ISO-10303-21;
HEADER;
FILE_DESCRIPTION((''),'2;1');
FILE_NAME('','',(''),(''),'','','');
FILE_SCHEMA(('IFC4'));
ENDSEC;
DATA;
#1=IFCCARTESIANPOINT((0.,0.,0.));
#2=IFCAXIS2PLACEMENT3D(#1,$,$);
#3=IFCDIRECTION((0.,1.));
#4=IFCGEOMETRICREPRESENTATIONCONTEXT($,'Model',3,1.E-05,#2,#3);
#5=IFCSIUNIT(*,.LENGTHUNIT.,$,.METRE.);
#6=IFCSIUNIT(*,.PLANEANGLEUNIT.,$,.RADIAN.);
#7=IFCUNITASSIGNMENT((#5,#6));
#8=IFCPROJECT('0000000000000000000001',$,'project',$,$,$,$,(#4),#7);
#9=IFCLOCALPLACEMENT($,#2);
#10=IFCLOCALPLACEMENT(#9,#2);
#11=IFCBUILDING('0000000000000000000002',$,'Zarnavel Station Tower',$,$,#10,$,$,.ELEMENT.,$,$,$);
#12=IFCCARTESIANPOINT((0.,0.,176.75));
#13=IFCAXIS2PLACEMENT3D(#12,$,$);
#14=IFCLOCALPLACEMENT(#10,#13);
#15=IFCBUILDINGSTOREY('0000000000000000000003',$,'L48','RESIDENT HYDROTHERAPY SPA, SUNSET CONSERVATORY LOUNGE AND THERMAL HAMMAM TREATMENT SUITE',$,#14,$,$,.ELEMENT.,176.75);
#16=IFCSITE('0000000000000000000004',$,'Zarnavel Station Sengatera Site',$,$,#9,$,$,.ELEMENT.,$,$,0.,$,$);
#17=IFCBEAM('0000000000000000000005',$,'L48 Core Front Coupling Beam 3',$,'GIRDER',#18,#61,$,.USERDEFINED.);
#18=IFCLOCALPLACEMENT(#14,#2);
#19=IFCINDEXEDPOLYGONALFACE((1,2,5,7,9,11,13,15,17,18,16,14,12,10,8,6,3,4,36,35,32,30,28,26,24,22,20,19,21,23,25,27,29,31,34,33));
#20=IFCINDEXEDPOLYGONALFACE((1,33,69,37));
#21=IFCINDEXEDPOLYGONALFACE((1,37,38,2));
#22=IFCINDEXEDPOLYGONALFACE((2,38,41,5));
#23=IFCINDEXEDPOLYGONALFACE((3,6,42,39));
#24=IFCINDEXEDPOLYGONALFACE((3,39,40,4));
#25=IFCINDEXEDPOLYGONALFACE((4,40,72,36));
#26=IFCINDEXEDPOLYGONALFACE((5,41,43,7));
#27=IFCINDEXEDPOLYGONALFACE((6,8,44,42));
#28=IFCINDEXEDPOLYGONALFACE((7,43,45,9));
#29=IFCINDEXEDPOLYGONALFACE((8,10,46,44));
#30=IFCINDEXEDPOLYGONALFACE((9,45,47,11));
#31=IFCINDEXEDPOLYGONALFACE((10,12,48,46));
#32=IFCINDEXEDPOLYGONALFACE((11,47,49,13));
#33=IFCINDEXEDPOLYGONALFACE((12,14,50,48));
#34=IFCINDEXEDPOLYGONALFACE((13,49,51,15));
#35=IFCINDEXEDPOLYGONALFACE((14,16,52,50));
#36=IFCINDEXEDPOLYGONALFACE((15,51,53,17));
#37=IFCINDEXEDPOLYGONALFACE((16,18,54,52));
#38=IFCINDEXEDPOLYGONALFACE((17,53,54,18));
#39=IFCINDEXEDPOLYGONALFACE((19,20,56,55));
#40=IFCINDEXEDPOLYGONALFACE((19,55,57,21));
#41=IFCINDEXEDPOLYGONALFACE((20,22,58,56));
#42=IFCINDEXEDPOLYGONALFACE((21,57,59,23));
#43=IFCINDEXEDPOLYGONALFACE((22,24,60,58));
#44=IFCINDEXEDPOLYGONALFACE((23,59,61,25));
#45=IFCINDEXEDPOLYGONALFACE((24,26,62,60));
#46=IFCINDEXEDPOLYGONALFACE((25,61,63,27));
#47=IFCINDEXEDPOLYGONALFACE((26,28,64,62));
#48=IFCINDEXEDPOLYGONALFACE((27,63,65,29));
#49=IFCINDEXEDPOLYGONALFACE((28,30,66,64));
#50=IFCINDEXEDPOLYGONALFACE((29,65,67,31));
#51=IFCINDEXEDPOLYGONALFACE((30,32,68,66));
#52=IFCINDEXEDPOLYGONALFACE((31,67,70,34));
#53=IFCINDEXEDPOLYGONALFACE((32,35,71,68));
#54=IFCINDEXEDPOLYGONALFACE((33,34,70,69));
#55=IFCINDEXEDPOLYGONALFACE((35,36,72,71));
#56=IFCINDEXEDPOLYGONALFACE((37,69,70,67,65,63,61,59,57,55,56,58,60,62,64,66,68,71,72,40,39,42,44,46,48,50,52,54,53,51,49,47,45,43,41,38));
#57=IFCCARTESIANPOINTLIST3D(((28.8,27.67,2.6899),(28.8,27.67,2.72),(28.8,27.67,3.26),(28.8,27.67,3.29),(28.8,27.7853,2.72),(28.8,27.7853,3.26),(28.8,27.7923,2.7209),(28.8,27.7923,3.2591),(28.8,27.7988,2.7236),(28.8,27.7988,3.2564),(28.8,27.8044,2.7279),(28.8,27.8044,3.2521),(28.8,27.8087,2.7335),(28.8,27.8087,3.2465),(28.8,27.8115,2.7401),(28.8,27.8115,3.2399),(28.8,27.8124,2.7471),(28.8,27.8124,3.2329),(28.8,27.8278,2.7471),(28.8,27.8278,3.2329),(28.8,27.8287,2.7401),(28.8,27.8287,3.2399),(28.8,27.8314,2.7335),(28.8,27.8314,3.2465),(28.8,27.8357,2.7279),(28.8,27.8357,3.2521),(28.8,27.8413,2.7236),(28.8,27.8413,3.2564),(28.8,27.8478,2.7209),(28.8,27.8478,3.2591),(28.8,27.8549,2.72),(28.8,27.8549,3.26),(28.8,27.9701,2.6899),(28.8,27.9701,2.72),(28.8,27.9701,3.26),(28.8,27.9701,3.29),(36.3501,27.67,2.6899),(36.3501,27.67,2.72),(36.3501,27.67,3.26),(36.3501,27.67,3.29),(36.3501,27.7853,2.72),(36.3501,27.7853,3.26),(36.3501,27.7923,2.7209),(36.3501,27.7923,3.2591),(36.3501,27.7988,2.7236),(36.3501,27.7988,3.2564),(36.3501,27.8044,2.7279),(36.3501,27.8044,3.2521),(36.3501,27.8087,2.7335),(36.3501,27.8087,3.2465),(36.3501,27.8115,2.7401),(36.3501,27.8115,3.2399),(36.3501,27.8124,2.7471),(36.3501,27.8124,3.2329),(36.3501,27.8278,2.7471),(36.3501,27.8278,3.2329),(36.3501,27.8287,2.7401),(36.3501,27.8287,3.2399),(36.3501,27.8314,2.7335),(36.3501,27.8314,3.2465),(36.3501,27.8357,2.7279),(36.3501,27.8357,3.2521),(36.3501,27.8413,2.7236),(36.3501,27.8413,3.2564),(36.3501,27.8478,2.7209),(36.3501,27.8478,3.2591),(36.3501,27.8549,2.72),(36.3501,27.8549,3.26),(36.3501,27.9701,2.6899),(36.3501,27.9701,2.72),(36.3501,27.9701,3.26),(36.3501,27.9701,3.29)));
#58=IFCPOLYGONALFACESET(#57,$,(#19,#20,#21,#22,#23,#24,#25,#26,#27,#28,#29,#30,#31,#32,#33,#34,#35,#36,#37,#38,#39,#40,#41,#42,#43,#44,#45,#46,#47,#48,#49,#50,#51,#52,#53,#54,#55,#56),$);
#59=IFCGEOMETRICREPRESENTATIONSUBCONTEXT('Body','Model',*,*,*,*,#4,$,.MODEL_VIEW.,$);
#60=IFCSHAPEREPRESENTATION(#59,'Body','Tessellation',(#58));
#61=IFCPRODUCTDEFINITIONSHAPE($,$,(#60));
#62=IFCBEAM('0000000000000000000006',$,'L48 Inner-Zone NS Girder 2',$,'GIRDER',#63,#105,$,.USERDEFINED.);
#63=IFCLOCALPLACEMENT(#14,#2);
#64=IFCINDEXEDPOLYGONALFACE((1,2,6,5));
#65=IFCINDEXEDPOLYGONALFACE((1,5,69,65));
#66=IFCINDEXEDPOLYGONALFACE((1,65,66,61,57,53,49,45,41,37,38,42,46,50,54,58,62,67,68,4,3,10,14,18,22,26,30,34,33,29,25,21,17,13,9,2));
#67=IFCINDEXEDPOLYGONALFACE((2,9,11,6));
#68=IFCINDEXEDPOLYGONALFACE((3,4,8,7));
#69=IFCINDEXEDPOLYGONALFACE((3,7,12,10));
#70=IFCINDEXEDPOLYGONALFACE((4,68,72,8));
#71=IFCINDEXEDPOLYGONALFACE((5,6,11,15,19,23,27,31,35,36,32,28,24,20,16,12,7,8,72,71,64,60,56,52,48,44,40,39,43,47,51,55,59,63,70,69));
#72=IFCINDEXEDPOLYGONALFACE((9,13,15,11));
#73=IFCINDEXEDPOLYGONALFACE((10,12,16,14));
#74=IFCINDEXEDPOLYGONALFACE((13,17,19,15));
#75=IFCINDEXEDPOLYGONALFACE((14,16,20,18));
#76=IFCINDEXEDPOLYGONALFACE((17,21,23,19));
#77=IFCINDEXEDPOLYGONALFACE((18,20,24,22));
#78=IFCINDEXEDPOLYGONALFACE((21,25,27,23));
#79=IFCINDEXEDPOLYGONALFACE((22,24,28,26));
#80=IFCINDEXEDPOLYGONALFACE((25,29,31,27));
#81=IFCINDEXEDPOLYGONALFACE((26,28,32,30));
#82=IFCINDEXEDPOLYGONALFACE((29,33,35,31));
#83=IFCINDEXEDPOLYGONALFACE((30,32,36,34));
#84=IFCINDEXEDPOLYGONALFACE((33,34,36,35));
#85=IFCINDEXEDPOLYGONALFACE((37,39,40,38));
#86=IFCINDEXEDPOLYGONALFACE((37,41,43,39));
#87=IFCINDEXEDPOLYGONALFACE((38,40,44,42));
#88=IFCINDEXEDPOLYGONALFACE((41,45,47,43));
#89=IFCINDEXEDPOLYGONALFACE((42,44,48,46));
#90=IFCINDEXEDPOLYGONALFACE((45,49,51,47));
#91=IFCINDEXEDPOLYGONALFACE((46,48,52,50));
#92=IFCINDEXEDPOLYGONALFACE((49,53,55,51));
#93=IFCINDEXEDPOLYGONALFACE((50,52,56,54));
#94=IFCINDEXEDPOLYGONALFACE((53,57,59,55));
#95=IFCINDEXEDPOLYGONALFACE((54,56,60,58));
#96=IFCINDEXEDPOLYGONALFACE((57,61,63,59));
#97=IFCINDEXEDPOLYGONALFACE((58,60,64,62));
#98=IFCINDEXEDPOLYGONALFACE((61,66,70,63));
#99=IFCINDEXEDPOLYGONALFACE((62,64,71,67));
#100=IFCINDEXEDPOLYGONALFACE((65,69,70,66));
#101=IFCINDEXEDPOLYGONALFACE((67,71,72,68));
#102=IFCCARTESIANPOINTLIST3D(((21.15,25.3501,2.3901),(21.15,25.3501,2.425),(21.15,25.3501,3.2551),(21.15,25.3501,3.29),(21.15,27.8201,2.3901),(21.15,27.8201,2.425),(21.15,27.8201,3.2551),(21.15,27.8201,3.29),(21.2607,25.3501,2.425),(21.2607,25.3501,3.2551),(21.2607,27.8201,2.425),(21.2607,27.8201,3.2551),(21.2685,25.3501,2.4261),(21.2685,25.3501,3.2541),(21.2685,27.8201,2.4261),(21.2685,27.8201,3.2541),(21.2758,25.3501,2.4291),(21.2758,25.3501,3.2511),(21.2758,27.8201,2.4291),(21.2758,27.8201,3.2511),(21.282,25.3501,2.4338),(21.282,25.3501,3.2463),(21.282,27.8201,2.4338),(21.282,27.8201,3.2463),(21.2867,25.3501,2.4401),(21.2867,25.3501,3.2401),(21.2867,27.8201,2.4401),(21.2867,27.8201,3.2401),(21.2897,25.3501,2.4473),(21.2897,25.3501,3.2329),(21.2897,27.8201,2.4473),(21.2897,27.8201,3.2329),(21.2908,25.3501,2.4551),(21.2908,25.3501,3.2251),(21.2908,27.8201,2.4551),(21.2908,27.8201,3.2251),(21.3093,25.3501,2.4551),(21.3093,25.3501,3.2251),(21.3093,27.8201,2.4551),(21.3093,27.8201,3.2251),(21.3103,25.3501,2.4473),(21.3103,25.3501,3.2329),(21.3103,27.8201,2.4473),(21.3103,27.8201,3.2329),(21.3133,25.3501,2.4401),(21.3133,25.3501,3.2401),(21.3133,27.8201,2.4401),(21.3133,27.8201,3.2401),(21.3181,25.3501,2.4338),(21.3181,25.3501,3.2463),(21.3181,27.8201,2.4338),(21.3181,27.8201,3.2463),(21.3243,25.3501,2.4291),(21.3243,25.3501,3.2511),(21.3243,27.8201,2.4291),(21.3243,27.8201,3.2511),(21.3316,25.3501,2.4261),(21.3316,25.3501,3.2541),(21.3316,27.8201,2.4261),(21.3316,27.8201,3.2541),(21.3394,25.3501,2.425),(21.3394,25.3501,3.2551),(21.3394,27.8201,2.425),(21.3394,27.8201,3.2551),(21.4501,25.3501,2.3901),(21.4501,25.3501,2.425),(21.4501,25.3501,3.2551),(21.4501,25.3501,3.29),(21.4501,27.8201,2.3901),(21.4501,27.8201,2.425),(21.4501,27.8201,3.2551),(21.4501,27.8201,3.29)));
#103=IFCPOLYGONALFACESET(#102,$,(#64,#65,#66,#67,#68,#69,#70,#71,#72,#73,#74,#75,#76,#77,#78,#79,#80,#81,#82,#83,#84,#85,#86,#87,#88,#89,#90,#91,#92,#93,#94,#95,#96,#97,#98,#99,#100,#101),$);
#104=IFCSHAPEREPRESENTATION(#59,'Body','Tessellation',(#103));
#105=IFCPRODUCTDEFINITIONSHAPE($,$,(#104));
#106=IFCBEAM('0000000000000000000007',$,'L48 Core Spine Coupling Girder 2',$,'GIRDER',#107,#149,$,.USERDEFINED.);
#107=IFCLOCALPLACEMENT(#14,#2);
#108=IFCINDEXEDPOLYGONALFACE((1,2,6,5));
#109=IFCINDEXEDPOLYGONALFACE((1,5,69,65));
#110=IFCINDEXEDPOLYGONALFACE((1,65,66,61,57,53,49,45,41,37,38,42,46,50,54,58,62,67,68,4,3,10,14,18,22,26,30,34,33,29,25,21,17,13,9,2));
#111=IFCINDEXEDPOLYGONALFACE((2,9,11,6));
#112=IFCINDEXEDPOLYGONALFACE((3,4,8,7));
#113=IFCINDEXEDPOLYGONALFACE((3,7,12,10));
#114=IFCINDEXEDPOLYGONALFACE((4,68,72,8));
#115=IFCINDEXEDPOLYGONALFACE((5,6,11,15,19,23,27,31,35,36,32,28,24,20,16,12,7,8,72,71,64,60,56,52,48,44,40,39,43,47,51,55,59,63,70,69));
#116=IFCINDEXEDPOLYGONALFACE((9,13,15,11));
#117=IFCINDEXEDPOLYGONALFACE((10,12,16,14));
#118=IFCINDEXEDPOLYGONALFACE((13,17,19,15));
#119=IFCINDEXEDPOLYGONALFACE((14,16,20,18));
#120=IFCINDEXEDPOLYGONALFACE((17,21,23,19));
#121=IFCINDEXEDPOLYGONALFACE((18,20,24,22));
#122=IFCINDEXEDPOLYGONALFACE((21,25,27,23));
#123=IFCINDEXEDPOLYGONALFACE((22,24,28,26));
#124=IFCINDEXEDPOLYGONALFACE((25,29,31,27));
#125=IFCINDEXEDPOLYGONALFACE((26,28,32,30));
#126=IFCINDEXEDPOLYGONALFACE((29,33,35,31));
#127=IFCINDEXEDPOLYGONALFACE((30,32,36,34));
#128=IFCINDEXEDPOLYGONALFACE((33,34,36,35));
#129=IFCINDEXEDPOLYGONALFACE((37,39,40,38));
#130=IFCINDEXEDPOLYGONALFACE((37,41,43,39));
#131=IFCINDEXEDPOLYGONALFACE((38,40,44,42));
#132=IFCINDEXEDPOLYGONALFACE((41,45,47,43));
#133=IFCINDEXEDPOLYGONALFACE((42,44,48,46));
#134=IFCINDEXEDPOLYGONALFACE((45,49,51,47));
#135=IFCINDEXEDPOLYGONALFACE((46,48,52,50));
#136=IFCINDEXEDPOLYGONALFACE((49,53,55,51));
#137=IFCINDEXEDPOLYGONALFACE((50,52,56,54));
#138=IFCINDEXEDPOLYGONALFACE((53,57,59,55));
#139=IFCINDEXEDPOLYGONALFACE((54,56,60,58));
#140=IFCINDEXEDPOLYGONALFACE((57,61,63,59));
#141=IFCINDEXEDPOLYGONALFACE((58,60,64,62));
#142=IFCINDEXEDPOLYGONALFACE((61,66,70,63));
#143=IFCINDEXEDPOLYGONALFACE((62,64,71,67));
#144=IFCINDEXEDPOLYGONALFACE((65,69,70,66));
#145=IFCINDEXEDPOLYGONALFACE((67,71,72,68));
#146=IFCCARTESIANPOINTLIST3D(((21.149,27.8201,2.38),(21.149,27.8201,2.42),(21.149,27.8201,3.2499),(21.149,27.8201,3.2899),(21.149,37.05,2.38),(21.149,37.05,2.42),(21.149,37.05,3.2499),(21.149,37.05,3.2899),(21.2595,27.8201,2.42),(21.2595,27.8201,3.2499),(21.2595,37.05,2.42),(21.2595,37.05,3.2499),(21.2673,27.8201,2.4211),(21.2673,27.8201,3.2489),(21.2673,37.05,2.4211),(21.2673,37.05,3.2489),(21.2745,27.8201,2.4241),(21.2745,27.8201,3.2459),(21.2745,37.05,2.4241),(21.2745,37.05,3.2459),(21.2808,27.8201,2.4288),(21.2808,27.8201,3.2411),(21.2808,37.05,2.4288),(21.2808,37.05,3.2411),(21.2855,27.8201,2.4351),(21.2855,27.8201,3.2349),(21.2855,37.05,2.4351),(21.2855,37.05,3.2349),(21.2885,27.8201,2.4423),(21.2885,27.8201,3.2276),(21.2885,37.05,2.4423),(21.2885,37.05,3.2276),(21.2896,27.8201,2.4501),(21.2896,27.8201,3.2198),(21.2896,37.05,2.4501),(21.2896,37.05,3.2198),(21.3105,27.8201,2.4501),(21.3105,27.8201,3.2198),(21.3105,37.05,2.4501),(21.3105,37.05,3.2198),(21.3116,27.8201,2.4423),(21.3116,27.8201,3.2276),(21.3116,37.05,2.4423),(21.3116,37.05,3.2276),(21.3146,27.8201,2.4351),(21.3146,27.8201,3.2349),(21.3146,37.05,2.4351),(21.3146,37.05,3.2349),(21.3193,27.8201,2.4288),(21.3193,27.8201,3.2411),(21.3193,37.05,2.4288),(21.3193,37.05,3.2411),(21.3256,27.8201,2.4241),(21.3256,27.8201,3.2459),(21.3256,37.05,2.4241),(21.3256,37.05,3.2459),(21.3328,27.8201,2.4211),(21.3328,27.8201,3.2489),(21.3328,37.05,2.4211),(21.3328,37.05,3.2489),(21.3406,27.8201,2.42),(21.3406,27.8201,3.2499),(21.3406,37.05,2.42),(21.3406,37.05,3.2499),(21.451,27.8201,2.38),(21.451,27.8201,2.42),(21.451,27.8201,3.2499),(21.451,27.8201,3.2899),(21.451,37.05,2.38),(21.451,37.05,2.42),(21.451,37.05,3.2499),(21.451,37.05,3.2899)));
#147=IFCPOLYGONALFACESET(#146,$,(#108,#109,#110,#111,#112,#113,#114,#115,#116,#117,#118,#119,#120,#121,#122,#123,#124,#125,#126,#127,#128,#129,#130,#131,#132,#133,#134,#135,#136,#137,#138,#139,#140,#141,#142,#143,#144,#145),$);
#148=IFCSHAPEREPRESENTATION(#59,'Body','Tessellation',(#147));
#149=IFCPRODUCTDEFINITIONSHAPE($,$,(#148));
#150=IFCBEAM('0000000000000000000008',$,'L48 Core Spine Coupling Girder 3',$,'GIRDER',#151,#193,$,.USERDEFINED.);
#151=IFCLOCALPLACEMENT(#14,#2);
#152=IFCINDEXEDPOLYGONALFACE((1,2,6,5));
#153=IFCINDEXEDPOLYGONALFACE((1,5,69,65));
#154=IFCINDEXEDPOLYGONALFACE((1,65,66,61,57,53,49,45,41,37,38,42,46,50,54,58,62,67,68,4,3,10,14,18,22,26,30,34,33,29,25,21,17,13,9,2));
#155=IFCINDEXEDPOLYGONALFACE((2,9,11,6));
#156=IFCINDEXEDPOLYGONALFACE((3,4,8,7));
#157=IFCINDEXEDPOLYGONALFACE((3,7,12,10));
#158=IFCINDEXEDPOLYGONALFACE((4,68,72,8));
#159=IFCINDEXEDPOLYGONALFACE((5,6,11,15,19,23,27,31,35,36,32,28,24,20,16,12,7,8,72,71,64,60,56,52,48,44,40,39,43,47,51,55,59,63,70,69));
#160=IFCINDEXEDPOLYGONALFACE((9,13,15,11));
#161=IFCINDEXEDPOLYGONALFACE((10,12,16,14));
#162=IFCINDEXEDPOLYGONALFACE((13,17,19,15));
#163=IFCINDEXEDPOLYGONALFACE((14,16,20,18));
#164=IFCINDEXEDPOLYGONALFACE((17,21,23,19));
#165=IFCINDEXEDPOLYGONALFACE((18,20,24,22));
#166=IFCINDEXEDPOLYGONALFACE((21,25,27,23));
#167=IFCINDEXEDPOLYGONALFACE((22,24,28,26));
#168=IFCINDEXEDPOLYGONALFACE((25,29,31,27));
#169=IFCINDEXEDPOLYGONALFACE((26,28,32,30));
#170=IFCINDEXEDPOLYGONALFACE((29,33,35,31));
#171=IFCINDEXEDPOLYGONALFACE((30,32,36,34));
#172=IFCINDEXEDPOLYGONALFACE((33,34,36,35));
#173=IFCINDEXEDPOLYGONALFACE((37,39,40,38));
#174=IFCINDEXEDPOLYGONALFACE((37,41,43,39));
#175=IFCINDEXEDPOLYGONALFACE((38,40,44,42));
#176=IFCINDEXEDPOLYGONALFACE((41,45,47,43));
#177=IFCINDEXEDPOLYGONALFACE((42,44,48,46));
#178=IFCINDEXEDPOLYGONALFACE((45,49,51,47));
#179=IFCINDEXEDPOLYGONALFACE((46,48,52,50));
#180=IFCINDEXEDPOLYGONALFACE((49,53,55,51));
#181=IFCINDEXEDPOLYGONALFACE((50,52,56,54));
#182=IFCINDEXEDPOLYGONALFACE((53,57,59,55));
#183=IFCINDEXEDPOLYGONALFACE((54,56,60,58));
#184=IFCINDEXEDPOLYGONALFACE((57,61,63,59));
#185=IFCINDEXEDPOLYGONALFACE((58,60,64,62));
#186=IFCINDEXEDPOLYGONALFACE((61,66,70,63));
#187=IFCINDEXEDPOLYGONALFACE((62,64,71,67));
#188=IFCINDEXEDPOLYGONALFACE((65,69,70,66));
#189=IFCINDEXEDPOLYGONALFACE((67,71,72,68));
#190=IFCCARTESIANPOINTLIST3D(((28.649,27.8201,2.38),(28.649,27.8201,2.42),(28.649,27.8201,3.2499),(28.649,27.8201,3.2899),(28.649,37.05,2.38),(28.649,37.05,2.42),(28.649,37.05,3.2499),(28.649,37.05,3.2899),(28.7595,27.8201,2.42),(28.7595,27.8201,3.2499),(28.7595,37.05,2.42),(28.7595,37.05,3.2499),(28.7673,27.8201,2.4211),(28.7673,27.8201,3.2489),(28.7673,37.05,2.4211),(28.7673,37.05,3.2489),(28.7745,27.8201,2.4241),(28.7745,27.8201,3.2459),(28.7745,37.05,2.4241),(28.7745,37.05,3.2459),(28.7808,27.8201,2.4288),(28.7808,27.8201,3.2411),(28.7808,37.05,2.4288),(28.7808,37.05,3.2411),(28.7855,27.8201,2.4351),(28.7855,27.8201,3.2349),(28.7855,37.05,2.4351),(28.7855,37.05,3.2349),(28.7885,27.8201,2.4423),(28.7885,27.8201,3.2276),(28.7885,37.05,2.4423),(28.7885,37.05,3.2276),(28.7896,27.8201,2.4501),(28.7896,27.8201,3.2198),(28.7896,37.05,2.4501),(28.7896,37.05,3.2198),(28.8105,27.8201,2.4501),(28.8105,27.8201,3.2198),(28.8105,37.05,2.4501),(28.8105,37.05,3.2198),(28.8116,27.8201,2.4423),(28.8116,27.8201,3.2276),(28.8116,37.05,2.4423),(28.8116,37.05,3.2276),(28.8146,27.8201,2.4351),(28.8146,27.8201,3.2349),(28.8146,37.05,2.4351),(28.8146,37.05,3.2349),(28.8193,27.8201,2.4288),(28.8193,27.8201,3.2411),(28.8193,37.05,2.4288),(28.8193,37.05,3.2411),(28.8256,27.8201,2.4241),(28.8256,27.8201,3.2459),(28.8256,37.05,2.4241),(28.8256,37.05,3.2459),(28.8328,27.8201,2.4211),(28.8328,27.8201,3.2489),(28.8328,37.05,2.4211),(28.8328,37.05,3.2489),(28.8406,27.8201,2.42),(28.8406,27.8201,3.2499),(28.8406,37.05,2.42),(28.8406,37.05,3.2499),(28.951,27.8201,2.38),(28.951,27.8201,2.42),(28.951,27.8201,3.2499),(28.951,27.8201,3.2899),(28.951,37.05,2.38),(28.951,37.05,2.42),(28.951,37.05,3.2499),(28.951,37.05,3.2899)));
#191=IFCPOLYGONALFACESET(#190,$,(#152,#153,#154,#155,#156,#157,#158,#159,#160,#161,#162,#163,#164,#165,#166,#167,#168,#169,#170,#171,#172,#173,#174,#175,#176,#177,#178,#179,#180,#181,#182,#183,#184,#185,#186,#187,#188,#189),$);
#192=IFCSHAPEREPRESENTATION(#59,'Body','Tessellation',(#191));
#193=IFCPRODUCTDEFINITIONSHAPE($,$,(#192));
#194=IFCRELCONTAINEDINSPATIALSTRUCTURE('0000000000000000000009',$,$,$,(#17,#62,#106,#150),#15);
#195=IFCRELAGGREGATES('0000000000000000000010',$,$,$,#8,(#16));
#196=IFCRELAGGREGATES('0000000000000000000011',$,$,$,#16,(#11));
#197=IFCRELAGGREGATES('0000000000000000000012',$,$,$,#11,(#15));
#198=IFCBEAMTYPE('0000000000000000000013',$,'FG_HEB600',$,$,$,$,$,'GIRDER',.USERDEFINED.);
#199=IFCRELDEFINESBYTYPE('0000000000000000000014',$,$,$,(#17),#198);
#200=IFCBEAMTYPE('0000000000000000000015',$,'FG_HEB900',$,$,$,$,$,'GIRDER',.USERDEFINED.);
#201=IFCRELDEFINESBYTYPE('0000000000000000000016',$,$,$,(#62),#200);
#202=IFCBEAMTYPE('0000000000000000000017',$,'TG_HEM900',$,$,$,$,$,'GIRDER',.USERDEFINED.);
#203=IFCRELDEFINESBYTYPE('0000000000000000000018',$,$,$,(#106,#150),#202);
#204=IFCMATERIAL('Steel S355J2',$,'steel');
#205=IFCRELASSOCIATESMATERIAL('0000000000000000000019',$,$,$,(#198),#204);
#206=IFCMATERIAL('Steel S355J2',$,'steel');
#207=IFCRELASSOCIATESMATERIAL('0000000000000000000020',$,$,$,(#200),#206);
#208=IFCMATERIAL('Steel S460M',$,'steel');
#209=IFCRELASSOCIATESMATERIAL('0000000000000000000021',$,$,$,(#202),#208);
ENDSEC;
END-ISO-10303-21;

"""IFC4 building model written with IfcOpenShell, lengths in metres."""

from ifc_helpers import new_model, si_unit, direction, frame, origin, origin_2d, place, context, subcontext, project, spatial, i_section, extrude, material, material_profile, profile_set, type_object, element, save


model = new_model("IFC4")

# Units and contexts
model_context = context("Model", 3, precision=1e-05, world=origin(), true_north=direction((0.0, 1.0)))
body_context = subcontext(model_context, "Body", "Model", "MODEL_VIEW")
ifc_project = project(units=[si_unit("LENGTHUNIT", "METRE"), si_unit("PLANEANGLEUNIT", "RADIAN")], contexts=[model_context])

# Site, building, storey
site_placement = place(None, origin())
site = spatial("IfcSite", under=ifc_project, at=site_placement, Name="Zarnavel Station Sengatera Site", CompositionType="ELEMENT", RefElevation=0.0)
building_placement = place(site_placement, origin())
building = spatial("IfcBuilding", under=site, at=building_placement, Name="Zarnavel Station Tower", CompositionType="ELEMENT")
storey_placement = place(building_placement, frame((0.0, 0.0, 176.75)))
storey = spatial("IfcBuildingStorey", under=building, at=storey_placement, Name="L48", Description="RESIDENT HYDROTHERAPY SPA, SUNSET CONSERVATORY LOUNGE AND THERMAL HAMMAM TREATMENT SUITE", CompositionType="ELEMENT", Elevation=176.75)

# Beams
ifc_material_1 = material(Name="Steel S355J2", Category="steel")
ifc_material_profile_1 = material_profile(ifc_material_1, i_section(OverallWidth=0.3, OverallDepth=0.6001, WebThickness=0.0154, FlangeThickness=0.03, FilletRadius=0.0271, at=origin_2d()), Name="HEB600")
ifc_profile_set_1 = profile_set([ifc_material_profile_1], Name="Steel S355J2")
beam_type_1 = type_object("IfcBeamType", Name="FG_HEB600", ElementType="GIRDER", PredefinedType="USERDEFINED", material=ifc_profile_set_1)
beam_1_placement = place(storey_placement, frame((28.8, 27.8201, 2.99), z_axis=(1.0, 0.0, 0.0), x_axis=(0.0, 1.0, 0.0)))
element("IfcBeam", 1, at=beam_1_placement, inside=storey, type_object=beam_type_1, Name="L48 Core Front Coupling Beam 3", ObjectType="GIRDER", PredefinedType="USERDEFINED", context=body_context, shape_type="SweptSolid", body=[
    extrude(i_section(OverallWidth=0.3, OverallDepth=0.6001, WebThickness=0.0154, FlangeThickness=0.03, FilletRadius=0.0271, at=origin_2d()), origin(), (0.0, 0.0, 1.0), 7.55),
])
ifc_material_2 = material(Name="Steel S355J2", Category="steel")
ifc_material_profile_2 = material_profile(ifc_material_2, i_section(OverallWidth=0.3, OverallDepth=0.8999, WebThickness=0.0186, FlangeThickness=0.0349, FilletRadius=0.03, at=origin_2d()), Name="HEB900")
ifc_profile_set_2 = profile_set([ifc_material_profile_2], Name="Steel S355J2")
beam_type_2 = type_object("IfcBeamType", Name="FG_HEB900", ElementType="GIRDER", PredefinedType="USERDEFINED", material=ifc_profile_set_2)
beam_2_placement = place(storey_placement, frame((21.3, 25.3501, 2.8401), z_axis=(0.0, 1.0, 0.0), x_axis=(-1.0, 0.0, 0.0)))
element("IfcBeam", 2, at=beam_2_placement, inside=storey, type_object=beam_type_2, Name="L48 Inner-Zone NS Girder 2", ObjectType="GIRDER", PredefinedType="USERDEFINED", context=body_context, shape_type="SweptSolid", body=[
    extrude(i_section(OverallWidth=0.3, OverallDepth=0.8999, WebThickness=0.0186, FlangeThickness=0.0349, FilletRadius=0.03, at=origin_2d()), origin(), (0.0, 0.0, 1.0), 2.47),
])
ifc_material_3 = material(Name="Steel S460M", Category="steel")
ifc_material_profile_3 = material_profile(ifc_material_3, i_section(OverallWidth=0.302, OverallDepth=0.9099, WebThickness=0.021, FlangeThickness=0.04, FilletRadius=0.03, at=origin_2d()), Name="HEM900")
ifc_profile_set_3 = profile_set([ifc_material_profile_3], Name="Steel S460M")
beam_type_3 = type_object("IfcBeamType", Name="TG_HEM900", ElementType="GIRDER", PredefinedType="USERDEFINED", material=ifc_profile_set_3)
for number, where, z_axis, x_axis, name in (
    (3, (21.3, 27.8201, 2.835), (0.0, 1.0, 0.0), (-1.0, 0.0, 0.0), "L48 Core Spine Coupling Girder 2"),
    (4, (28.8, 27.8201, 2.835), (0.0, 1.0, 0.0), (-1.0, 0.0, 0.0), "L48 Core Spine Coupling Girder 3"),
):
    element("IfcBeam", number, at=place(storey_placement, frame(where, z_axis=z_axis, x_axis=x_axis)), inside=storey, type_object=beam_type_3, Name=name, ObjectType="GIRDER", PredefinedType="USERDEFINED", context=body_context, shape_type="SweptSolid", body=[
        extrude(i_section(OverallWidth=0.302, OverallDepth=0.9099, WebThickness=0.021, FlangeThickness=0.04, FilletRadius=0.03, at=origin_2d()), origin(), (0.0, 0.0, 1.0), 9.23),
    ])

save(model, "model.ifc")
